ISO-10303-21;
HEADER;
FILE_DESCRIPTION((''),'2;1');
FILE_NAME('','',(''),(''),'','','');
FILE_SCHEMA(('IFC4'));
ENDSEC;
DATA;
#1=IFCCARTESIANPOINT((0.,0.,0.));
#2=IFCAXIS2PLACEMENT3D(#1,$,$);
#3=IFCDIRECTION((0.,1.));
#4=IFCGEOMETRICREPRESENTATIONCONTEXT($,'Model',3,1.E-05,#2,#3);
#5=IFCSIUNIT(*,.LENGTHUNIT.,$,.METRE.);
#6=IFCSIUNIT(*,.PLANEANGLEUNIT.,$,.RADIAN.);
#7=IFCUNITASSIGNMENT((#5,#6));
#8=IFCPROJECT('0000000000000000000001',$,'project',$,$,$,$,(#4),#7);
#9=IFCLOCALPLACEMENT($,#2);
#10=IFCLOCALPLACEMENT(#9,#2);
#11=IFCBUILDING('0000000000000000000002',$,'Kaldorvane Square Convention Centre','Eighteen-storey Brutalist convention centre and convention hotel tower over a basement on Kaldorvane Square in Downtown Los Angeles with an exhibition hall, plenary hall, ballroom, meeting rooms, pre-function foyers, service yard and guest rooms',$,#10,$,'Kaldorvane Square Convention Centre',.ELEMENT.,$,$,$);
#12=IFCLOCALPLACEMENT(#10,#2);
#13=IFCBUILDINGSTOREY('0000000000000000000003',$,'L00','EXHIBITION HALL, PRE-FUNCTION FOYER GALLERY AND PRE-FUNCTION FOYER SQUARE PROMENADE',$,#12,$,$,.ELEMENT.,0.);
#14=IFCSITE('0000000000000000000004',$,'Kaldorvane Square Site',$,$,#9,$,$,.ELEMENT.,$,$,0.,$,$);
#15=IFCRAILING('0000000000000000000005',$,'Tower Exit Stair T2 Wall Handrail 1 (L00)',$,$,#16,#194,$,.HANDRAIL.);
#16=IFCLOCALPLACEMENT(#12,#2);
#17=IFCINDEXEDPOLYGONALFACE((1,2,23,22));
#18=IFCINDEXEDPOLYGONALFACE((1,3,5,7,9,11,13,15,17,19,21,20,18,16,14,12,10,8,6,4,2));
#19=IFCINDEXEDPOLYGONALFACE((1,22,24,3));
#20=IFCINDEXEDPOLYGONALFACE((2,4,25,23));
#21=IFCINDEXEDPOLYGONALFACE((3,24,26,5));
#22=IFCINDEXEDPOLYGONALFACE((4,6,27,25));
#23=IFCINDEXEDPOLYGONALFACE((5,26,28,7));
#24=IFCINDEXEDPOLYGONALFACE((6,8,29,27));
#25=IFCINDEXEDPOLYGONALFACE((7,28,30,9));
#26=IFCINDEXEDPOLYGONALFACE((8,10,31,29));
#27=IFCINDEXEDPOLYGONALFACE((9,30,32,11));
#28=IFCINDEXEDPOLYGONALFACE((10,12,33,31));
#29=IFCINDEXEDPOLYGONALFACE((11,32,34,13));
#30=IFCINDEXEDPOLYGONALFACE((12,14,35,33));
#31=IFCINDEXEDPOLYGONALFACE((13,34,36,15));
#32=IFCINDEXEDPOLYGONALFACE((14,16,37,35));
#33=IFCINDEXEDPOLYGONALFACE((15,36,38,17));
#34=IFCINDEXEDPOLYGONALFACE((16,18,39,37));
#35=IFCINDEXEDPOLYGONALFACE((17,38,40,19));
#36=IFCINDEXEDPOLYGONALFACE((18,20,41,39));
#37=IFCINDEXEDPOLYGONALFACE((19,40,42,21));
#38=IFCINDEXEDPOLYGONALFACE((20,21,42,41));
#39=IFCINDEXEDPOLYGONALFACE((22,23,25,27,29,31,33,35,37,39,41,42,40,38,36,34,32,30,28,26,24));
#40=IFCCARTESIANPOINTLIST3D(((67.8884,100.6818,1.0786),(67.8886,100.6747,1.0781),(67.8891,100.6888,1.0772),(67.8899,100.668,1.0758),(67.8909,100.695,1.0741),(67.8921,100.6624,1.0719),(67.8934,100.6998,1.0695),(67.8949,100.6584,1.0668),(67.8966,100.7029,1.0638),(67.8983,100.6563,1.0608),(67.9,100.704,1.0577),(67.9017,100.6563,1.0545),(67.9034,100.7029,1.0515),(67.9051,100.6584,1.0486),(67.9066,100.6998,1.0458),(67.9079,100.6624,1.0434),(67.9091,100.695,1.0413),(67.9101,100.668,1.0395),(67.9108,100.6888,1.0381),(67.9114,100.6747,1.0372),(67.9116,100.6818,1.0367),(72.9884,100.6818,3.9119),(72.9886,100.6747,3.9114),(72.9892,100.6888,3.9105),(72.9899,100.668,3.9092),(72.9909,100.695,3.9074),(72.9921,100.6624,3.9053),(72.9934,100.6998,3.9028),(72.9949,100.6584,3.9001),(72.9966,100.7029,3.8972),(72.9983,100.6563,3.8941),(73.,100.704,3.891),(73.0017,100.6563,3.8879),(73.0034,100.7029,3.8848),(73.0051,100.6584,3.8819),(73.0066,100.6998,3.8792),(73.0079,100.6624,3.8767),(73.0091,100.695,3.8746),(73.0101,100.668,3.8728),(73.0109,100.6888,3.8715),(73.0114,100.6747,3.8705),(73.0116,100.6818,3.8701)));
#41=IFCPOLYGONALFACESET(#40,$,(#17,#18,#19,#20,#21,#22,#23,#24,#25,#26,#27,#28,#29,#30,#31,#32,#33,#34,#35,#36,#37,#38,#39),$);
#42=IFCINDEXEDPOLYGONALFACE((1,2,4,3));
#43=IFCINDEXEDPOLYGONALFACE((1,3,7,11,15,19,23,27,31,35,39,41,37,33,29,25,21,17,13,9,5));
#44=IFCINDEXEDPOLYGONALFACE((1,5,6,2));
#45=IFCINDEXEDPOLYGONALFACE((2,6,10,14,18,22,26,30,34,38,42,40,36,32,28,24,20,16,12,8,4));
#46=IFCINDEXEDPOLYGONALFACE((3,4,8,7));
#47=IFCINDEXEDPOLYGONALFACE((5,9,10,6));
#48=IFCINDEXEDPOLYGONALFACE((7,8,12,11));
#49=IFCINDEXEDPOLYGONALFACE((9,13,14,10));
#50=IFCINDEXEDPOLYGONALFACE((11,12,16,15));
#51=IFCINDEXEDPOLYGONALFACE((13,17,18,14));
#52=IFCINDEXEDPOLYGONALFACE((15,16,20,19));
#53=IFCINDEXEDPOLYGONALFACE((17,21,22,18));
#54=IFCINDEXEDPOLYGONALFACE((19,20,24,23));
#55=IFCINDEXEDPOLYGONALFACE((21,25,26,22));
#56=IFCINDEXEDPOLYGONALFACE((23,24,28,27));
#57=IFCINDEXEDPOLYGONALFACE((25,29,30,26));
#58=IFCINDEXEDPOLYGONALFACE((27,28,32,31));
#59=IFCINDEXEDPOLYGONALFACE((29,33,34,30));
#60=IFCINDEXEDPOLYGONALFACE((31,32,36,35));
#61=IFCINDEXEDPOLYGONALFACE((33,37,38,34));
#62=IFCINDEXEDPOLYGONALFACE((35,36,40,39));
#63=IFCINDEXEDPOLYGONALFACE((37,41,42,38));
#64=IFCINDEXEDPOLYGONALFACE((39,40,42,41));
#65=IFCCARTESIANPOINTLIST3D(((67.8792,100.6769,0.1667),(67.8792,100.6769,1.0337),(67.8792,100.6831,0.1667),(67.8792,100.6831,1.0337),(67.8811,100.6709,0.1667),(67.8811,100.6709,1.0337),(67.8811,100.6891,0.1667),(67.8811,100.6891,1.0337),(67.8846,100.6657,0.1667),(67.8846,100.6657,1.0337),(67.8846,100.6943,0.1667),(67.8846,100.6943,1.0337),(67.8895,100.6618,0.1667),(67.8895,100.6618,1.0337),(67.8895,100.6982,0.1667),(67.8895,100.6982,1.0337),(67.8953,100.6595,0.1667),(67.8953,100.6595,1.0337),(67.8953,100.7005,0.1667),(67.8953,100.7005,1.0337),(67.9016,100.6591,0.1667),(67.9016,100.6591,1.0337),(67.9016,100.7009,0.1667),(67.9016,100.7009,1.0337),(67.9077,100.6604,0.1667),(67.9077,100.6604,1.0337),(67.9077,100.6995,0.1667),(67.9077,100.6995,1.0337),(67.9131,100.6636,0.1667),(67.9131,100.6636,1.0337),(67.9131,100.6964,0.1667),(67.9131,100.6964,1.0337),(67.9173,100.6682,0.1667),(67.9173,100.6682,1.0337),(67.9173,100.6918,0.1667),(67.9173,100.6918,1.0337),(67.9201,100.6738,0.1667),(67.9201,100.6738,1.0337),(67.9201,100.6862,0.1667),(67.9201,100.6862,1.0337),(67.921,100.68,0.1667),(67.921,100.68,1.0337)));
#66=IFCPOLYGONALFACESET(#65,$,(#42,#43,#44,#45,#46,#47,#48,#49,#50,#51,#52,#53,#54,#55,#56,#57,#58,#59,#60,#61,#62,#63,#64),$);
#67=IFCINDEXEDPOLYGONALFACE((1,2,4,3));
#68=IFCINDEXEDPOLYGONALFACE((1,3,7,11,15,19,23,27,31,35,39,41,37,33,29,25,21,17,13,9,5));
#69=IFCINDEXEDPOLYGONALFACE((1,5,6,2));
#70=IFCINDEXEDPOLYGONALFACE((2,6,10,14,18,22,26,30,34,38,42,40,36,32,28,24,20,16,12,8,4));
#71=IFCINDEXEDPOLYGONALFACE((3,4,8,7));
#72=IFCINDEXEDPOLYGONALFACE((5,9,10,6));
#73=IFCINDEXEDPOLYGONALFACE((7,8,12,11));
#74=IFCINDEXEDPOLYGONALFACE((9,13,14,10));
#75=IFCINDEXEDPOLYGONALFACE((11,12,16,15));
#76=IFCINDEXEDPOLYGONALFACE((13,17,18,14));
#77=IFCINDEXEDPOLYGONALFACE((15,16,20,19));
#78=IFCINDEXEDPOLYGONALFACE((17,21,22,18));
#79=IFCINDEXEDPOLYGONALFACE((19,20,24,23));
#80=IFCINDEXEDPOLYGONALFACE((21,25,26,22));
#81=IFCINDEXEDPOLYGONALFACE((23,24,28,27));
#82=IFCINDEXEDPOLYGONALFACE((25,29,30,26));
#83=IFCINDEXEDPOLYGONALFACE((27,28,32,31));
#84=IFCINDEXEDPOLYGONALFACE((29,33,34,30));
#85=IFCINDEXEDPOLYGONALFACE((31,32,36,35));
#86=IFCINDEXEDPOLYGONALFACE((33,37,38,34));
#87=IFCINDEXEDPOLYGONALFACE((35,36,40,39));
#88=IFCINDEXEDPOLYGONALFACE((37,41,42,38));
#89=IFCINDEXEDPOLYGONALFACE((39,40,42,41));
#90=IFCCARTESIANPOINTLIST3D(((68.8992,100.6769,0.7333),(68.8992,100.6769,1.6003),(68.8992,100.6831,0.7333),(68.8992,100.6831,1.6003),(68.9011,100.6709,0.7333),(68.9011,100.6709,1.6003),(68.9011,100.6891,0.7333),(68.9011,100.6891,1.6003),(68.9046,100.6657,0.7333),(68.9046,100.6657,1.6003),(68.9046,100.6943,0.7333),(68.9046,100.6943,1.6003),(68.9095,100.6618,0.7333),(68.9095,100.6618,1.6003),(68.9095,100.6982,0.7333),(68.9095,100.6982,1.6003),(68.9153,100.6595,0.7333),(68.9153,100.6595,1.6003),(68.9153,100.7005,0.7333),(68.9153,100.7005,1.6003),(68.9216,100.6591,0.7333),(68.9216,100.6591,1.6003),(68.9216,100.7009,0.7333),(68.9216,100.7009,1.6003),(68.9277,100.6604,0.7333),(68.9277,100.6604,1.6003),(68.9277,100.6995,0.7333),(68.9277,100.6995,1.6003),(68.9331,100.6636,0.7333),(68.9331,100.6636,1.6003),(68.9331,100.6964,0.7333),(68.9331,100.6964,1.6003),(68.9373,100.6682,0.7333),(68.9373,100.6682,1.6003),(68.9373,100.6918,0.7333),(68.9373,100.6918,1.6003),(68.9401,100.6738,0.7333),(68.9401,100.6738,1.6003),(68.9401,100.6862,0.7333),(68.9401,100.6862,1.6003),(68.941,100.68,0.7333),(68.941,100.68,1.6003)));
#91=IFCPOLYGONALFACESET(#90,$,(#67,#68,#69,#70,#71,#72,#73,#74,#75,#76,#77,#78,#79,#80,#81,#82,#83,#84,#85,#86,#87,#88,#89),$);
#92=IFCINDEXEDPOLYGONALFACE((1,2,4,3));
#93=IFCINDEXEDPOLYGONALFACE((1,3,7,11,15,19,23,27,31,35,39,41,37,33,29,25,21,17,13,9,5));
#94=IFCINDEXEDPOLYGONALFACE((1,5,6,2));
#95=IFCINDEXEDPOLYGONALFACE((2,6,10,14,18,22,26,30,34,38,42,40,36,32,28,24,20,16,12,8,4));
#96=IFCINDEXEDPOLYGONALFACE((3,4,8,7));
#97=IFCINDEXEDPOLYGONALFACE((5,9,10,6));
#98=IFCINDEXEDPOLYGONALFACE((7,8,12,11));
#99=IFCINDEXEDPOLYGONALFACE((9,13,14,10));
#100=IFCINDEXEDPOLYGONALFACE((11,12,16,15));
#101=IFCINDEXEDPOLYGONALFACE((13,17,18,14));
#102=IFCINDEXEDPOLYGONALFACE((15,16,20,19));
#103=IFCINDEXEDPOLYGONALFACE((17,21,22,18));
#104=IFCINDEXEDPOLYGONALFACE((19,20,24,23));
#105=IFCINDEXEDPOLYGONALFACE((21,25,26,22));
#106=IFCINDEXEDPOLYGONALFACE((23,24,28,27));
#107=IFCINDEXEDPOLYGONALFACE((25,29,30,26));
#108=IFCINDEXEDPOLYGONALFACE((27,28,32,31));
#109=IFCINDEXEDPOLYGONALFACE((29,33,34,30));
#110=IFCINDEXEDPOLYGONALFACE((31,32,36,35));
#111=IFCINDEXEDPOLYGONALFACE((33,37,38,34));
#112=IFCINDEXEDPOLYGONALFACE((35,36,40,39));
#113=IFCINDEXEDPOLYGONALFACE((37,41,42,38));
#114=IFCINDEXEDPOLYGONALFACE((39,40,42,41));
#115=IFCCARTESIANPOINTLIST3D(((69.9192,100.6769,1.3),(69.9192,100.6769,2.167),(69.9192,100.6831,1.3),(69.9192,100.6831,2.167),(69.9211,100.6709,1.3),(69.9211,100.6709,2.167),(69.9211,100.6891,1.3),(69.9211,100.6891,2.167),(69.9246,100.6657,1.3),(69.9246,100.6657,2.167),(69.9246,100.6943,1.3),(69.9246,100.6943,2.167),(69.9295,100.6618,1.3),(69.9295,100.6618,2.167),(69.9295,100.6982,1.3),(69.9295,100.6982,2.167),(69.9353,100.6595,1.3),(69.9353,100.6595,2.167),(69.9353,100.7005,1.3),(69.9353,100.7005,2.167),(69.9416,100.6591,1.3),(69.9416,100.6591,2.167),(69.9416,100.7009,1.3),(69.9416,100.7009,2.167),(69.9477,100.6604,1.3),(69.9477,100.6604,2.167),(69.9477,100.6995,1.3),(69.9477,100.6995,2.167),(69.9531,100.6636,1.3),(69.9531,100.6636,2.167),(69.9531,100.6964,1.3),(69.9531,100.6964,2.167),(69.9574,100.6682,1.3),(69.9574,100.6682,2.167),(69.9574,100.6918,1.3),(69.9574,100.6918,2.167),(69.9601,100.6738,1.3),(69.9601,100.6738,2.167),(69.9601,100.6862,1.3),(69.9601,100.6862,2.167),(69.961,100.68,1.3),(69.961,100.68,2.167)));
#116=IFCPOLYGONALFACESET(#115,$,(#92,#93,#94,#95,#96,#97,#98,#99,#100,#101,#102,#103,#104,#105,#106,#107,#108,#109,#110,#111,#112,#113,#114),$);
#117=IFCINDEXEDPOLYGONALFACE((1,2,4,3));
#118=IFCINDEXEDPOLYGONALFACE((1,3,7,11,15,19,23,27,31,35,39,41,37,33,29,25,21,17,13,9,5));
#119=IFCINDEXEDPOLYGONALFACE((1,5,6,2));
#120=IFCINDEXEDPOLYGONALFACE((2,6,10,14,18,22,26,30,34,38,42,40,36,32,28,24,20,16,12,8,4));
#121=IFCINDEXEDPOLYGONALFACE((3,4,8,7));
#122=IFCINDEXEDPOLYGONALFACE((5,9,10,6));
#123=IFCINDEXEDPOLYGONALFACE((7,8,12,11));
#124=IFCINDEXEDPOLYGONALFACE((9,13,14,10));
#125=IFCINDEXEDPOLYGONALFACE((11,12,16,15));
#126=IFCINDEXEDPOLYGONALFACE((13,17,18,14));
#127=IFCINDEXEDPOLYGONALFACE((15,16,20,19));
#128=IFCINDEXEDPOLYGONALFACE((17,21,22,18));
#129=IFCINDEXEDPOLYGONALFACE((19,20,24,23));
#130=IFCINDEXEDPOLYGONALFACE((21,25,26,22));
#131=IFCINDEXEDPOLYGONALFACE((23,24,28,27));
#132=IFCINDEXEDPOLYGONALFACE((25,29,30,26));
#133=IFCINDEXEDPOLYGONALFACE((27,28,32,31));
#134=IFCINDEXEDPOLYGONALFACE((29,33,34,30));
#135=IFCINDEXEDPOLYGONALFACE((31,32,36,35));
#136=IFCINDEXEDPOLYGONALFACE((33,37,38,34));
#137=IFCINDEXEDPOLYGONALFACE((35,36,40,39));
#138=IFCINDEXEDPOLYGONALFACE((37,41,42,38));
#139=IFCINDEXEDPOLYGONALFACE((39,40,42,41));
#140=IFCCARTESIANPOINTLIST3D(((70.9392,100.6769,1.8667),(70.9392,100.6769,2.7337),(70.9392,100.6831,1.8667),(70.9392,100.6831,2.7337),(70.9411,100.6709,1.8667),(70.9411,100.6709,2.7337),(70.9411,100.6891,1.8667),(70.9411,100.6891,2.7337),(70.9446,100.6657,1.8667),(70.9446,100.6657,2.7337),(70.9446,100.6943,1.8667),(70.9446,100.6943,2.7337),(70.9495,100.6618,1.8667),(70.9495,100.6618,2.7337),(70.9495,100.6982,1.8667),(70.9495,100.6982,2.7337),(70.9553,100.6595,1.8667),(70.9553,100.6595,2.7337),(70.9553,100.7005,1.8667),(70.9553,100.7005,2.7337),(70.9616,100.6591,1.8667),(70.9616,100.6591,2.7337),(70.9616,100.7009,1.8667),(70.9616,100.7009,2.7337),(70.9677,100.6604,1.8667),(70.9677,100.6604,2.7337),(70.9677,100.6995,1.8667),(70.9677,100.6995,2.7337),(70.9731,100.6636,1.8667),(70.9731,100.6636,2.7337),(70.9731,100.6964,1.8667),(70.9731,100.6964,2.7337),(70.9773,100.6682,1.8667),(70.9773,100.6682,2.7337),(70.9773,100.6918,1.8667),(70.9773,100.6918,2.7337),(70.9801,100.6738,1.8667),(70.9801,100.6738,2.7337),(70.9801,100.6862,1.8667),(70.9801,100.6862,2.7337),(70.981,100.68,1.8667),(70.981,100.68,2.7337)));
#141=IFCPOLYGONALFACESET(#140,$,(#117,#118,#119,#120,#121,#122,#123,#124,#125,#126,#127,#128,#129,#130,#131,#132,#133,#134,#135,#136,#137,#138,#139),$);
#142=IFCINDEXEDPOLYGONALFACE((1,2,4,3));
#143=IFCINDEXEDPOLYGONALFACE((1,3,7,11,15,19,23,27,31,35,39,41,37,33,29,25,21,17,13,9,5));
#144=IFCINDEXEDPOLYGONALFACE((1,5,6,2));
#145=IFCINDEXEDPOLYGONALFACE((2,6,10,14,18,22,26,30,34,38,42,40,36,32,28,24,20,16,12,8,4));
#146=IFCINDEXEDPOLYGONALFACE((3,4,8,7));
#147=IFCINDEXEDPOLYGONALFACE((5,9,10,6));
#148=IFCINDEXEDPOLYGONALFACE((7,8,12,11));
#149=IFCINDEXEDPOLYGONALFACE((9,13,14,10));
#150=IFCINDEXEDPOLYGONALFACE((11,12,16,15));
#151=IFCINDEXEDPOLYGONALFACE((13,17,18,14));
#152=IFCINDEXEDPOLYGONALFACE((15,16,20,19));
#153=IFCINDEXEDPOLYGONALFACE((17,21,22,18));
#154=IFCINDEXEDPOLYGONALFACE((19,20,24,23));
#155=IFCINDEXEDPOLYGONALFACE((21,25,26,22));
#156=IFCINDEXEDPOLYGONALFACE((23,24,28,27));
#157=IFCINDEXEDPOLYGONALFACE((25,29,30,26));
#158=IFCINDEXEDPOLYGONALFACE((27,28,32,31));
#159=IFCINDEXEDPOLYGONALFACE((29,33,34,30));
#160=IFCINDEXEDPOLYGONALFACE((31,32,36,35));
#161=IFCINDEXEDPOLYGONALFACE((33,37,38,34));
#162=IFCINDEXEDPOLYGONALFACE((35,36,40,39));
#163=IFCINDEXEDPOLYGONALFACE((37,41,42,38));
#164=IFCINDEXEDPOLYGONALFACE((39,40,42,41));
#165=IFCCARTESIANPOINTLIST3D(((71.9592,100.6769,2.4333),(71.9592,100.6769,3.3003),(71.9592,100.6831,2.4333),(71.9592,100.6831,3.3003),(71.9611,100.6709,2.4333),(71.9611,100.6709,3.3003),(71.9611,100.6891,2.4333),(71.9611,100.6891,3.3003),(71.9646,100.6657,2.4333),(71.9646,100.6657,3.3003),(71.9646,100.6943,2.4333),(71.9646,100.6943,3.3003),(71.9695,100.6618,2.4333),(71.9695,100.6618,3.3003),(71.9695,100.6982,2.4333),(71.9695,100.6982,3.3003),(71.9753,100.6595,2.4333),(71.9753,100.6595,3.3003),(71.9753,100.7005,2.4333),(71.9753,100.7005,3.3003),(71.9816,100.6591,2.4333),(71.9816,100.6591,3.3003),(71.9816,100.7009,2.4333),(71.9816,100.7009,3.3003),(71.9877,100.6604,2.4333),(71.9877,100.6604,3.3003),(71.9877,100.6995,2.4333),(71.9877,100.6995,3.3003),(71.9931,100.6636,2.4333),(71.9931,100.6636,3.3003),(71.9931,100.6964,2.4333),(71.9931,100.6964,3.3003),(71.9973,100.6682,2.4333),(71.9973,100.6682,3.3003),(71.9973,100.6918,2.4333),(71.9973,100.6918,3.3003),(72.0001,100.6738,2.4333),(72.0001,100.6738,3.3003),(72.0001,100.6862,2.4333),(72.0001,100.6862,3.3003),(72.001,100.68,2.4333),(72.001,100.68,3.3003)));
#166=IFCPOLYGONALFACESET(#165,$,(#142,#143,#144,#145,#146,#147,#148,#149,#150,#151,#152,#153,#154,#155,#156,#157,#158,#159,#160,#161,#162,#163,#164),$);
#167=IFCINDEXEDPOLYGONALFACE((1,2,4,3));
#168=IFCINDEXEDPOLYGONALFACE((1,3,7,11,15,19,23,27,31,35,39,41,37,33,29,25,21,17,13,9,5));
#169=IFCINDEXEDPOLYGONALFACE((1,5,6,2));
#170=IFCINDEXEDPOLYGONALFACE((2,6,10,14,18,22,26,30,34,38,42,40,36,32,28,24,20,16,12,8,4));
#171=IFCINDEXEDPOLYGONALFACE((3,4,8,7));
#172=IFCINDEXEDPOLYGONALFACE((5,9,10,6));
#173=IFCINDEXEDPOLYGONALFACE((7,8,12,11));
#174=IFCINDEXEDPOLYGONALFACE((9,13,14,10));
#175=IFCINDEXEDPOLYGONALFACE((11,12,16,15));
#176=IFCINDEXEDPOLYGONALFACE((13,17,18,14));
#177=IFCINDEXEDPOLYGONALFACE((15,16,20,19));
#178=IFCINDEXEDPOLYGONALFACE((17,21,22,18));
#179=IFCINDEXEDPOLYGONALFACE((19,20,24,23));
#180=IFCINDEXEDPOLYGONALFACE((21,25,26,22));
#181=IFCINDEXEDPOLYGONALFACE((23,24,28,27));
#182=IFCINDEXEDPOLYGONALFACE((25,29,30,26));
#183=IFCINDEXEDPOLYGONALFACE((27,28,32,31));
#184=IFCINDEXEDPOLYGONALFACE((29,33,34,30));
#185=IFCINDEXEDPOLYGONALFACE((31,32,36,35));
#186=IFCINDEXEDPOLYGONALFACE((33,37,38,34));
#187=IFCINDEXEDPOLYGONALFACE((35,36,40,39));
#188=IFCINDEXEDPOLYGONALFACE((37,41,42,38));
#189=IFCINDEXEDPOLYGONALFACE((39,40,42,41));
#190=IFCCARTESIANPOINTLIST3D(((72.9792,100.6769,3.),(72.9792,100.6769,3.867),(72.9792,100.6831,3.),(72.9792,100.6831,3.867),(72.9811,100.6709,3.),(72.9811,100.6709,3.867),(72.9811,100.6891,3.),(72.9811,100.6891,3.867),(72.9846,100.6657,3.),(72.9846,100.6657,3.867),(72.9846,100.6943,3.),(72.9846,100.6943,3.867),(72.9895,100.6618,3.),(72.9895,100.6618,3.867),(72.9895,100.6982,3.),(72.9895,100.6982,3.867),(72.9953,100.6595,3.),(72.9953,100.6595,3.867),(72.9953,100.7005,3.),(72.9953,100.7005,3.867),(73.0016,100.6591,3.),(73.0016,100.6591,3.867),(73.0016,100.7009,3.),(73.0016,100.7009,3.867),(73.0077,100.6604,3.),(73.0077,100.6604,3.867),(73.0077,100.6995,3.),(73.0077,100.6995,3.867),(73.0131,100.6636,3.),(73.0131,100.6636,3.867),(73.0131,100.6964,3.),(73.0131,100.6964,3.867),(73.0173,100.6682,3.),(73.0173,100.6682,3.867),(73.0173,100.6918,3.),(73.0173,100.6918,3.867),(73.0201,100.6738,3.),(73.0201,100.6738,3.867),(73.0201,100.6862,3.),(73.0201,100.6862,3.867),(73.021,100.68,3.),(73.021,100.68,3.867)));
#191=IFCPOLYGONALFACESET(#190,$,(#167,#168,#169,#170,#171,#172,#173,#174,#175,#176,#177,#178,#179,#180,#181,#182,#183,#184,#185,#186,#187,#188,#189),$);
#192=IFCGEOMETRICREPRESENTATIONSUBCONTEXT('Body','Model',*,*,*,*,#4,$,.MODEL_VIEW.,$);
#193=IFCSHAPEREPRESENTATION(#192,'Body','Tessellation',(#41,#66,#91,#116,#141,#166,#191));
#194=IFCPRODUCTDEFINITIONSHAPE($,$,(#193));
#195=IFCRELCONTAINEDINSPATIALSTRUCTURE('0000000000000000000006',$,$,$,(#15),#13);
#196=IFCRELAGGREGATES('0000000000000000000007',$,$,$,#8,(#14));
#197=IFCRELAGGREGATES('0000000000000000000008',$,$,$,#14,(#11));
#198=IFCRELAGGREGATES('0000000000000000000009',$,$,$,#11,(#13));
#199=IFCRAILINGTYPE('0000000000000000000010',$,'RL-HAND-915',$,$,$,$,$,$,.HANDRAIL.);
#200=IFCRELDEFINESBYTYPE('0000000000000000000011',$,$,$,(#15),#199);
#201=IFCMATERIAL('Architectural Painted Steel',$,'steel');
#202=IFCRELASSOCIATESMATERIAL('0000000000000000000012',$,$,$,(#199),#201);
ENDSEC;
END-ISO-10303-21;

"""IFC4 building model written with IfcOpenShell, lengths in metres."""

from ifc_helpers import new_model, si_unit, direction, frame, origin, origin_2d, place, context, subcontext, project, spatial, circle, extrude, material, type_object, element, save


model = new_model("IFC4")

# Units and contexts
model_context = context("Model", 3, precision=1e-05, world=origin(), true_north=direction((0.0, 1.0)))
body_context = subcontext(model_context, "Body", "Model", "MODEL_VIEW")
ifc_project = project(units=[si_unit("LENGTHUNIT", "METRE"), si_unit("PLANEANGLEUNIT", "RADIAN")], contexts=[model_context])

# Site, building, storey
site_placement = place(None, origin())
site = spatial("IfcSite", under=ifc_project, at=site_placement, Name="Kaldorvane Square Site", CompositionType="ELEMENT", RefElevation=0.0)
building_placement = place(site_placement, origin())
building = spatial("IfcBuilding", under=site, at=building_placement, Name="Kaldorvane Square Convention Centre", Description="Eighteen-storey Brutalist convention centre and convention hotel tower over a basement on Kaldorvane Square in Downtown Los Angeles with an exhibition hall, plenary hall, ballroom, meeting rooms, pre-function foyers, service yard and guest rooms", LongName="Kaldorvane Square Convention Centre", CompositionType="ELEMENT")
storey_placement = place(building_placement, origin())
storey = spatial("IfcBuildingStorey", under=building, at=storey_placement, Name="L00", Description="EXHIBITION HALL, PRE-FUNCTION FOYER GALLERY AND PRE-FUNCTION FOYER SQUARE PROMENADE", CompositionType="ELEMENT", Elevation=0.0)

# Railing
ifc_material_1 = material(Name="Architectural Painted Steel", Category="steel")
railing_type_1 = type_object("IfcRailingType", Name="RL-HAND-915", PredefinedType="HANDRAIL", material=ifc_material_1)
railing_1_placement = place(storey_placement, frame((67.9, 100.68, 0.1667)))
element("IfcRailing", 1, at=railing_1_placement, inside=storey, type_object=railing_type_1, Name="Tower Exit Stair T2 Wall Handrail 1 (L00)", PredefinedType="HANDRAIL", context=body_context, shape_type="SweptSolid", body=[
    extrude(circle(Radius=0.024, at=origin_2d()), frame((0.0, 0.0, 0.891), z_axis=(0.874158, 0.0, 0.485642), x_axis=(0.0, 1.0, 0.0)), (0.0, 0.0, 1.0), 5.8342),
    extrude(circle(Radius=0.021, at=origin_2d()), origin(), (0.0, 0.0, 1.0), 0.867),
    extrude(circle(Radius=0.021, at=origin_2d()), frame((1.02, 0.0, 0.5667)), (0.0, 0.0, 1.0), 0.867),
    extrude(circle(Radius=0.021, at=origin_2d()), frame((2.04, 0.0, 1.1333)), (0.0, 0.0, 1.0), 0.867),
    extrude(circle(Radius=0.021, at=origin_2d()), frame((3.06, 0.0, 1.7)), (0.0, 0.0, 1.0), 0.867),
    extrude(circle(Radius=0.021, at=origin_2d()), frame((4.08, 0.0, 2.2667)), (0.0, 0.0, 1.0), 0.867),
    extrude(circle(Radius=0.021, at=origin_2d()), frame((5.1, 0.0, 2.8333)), (0.0, 0.0, 1.0), 0.867),
])

save(model, "model.ifc")
